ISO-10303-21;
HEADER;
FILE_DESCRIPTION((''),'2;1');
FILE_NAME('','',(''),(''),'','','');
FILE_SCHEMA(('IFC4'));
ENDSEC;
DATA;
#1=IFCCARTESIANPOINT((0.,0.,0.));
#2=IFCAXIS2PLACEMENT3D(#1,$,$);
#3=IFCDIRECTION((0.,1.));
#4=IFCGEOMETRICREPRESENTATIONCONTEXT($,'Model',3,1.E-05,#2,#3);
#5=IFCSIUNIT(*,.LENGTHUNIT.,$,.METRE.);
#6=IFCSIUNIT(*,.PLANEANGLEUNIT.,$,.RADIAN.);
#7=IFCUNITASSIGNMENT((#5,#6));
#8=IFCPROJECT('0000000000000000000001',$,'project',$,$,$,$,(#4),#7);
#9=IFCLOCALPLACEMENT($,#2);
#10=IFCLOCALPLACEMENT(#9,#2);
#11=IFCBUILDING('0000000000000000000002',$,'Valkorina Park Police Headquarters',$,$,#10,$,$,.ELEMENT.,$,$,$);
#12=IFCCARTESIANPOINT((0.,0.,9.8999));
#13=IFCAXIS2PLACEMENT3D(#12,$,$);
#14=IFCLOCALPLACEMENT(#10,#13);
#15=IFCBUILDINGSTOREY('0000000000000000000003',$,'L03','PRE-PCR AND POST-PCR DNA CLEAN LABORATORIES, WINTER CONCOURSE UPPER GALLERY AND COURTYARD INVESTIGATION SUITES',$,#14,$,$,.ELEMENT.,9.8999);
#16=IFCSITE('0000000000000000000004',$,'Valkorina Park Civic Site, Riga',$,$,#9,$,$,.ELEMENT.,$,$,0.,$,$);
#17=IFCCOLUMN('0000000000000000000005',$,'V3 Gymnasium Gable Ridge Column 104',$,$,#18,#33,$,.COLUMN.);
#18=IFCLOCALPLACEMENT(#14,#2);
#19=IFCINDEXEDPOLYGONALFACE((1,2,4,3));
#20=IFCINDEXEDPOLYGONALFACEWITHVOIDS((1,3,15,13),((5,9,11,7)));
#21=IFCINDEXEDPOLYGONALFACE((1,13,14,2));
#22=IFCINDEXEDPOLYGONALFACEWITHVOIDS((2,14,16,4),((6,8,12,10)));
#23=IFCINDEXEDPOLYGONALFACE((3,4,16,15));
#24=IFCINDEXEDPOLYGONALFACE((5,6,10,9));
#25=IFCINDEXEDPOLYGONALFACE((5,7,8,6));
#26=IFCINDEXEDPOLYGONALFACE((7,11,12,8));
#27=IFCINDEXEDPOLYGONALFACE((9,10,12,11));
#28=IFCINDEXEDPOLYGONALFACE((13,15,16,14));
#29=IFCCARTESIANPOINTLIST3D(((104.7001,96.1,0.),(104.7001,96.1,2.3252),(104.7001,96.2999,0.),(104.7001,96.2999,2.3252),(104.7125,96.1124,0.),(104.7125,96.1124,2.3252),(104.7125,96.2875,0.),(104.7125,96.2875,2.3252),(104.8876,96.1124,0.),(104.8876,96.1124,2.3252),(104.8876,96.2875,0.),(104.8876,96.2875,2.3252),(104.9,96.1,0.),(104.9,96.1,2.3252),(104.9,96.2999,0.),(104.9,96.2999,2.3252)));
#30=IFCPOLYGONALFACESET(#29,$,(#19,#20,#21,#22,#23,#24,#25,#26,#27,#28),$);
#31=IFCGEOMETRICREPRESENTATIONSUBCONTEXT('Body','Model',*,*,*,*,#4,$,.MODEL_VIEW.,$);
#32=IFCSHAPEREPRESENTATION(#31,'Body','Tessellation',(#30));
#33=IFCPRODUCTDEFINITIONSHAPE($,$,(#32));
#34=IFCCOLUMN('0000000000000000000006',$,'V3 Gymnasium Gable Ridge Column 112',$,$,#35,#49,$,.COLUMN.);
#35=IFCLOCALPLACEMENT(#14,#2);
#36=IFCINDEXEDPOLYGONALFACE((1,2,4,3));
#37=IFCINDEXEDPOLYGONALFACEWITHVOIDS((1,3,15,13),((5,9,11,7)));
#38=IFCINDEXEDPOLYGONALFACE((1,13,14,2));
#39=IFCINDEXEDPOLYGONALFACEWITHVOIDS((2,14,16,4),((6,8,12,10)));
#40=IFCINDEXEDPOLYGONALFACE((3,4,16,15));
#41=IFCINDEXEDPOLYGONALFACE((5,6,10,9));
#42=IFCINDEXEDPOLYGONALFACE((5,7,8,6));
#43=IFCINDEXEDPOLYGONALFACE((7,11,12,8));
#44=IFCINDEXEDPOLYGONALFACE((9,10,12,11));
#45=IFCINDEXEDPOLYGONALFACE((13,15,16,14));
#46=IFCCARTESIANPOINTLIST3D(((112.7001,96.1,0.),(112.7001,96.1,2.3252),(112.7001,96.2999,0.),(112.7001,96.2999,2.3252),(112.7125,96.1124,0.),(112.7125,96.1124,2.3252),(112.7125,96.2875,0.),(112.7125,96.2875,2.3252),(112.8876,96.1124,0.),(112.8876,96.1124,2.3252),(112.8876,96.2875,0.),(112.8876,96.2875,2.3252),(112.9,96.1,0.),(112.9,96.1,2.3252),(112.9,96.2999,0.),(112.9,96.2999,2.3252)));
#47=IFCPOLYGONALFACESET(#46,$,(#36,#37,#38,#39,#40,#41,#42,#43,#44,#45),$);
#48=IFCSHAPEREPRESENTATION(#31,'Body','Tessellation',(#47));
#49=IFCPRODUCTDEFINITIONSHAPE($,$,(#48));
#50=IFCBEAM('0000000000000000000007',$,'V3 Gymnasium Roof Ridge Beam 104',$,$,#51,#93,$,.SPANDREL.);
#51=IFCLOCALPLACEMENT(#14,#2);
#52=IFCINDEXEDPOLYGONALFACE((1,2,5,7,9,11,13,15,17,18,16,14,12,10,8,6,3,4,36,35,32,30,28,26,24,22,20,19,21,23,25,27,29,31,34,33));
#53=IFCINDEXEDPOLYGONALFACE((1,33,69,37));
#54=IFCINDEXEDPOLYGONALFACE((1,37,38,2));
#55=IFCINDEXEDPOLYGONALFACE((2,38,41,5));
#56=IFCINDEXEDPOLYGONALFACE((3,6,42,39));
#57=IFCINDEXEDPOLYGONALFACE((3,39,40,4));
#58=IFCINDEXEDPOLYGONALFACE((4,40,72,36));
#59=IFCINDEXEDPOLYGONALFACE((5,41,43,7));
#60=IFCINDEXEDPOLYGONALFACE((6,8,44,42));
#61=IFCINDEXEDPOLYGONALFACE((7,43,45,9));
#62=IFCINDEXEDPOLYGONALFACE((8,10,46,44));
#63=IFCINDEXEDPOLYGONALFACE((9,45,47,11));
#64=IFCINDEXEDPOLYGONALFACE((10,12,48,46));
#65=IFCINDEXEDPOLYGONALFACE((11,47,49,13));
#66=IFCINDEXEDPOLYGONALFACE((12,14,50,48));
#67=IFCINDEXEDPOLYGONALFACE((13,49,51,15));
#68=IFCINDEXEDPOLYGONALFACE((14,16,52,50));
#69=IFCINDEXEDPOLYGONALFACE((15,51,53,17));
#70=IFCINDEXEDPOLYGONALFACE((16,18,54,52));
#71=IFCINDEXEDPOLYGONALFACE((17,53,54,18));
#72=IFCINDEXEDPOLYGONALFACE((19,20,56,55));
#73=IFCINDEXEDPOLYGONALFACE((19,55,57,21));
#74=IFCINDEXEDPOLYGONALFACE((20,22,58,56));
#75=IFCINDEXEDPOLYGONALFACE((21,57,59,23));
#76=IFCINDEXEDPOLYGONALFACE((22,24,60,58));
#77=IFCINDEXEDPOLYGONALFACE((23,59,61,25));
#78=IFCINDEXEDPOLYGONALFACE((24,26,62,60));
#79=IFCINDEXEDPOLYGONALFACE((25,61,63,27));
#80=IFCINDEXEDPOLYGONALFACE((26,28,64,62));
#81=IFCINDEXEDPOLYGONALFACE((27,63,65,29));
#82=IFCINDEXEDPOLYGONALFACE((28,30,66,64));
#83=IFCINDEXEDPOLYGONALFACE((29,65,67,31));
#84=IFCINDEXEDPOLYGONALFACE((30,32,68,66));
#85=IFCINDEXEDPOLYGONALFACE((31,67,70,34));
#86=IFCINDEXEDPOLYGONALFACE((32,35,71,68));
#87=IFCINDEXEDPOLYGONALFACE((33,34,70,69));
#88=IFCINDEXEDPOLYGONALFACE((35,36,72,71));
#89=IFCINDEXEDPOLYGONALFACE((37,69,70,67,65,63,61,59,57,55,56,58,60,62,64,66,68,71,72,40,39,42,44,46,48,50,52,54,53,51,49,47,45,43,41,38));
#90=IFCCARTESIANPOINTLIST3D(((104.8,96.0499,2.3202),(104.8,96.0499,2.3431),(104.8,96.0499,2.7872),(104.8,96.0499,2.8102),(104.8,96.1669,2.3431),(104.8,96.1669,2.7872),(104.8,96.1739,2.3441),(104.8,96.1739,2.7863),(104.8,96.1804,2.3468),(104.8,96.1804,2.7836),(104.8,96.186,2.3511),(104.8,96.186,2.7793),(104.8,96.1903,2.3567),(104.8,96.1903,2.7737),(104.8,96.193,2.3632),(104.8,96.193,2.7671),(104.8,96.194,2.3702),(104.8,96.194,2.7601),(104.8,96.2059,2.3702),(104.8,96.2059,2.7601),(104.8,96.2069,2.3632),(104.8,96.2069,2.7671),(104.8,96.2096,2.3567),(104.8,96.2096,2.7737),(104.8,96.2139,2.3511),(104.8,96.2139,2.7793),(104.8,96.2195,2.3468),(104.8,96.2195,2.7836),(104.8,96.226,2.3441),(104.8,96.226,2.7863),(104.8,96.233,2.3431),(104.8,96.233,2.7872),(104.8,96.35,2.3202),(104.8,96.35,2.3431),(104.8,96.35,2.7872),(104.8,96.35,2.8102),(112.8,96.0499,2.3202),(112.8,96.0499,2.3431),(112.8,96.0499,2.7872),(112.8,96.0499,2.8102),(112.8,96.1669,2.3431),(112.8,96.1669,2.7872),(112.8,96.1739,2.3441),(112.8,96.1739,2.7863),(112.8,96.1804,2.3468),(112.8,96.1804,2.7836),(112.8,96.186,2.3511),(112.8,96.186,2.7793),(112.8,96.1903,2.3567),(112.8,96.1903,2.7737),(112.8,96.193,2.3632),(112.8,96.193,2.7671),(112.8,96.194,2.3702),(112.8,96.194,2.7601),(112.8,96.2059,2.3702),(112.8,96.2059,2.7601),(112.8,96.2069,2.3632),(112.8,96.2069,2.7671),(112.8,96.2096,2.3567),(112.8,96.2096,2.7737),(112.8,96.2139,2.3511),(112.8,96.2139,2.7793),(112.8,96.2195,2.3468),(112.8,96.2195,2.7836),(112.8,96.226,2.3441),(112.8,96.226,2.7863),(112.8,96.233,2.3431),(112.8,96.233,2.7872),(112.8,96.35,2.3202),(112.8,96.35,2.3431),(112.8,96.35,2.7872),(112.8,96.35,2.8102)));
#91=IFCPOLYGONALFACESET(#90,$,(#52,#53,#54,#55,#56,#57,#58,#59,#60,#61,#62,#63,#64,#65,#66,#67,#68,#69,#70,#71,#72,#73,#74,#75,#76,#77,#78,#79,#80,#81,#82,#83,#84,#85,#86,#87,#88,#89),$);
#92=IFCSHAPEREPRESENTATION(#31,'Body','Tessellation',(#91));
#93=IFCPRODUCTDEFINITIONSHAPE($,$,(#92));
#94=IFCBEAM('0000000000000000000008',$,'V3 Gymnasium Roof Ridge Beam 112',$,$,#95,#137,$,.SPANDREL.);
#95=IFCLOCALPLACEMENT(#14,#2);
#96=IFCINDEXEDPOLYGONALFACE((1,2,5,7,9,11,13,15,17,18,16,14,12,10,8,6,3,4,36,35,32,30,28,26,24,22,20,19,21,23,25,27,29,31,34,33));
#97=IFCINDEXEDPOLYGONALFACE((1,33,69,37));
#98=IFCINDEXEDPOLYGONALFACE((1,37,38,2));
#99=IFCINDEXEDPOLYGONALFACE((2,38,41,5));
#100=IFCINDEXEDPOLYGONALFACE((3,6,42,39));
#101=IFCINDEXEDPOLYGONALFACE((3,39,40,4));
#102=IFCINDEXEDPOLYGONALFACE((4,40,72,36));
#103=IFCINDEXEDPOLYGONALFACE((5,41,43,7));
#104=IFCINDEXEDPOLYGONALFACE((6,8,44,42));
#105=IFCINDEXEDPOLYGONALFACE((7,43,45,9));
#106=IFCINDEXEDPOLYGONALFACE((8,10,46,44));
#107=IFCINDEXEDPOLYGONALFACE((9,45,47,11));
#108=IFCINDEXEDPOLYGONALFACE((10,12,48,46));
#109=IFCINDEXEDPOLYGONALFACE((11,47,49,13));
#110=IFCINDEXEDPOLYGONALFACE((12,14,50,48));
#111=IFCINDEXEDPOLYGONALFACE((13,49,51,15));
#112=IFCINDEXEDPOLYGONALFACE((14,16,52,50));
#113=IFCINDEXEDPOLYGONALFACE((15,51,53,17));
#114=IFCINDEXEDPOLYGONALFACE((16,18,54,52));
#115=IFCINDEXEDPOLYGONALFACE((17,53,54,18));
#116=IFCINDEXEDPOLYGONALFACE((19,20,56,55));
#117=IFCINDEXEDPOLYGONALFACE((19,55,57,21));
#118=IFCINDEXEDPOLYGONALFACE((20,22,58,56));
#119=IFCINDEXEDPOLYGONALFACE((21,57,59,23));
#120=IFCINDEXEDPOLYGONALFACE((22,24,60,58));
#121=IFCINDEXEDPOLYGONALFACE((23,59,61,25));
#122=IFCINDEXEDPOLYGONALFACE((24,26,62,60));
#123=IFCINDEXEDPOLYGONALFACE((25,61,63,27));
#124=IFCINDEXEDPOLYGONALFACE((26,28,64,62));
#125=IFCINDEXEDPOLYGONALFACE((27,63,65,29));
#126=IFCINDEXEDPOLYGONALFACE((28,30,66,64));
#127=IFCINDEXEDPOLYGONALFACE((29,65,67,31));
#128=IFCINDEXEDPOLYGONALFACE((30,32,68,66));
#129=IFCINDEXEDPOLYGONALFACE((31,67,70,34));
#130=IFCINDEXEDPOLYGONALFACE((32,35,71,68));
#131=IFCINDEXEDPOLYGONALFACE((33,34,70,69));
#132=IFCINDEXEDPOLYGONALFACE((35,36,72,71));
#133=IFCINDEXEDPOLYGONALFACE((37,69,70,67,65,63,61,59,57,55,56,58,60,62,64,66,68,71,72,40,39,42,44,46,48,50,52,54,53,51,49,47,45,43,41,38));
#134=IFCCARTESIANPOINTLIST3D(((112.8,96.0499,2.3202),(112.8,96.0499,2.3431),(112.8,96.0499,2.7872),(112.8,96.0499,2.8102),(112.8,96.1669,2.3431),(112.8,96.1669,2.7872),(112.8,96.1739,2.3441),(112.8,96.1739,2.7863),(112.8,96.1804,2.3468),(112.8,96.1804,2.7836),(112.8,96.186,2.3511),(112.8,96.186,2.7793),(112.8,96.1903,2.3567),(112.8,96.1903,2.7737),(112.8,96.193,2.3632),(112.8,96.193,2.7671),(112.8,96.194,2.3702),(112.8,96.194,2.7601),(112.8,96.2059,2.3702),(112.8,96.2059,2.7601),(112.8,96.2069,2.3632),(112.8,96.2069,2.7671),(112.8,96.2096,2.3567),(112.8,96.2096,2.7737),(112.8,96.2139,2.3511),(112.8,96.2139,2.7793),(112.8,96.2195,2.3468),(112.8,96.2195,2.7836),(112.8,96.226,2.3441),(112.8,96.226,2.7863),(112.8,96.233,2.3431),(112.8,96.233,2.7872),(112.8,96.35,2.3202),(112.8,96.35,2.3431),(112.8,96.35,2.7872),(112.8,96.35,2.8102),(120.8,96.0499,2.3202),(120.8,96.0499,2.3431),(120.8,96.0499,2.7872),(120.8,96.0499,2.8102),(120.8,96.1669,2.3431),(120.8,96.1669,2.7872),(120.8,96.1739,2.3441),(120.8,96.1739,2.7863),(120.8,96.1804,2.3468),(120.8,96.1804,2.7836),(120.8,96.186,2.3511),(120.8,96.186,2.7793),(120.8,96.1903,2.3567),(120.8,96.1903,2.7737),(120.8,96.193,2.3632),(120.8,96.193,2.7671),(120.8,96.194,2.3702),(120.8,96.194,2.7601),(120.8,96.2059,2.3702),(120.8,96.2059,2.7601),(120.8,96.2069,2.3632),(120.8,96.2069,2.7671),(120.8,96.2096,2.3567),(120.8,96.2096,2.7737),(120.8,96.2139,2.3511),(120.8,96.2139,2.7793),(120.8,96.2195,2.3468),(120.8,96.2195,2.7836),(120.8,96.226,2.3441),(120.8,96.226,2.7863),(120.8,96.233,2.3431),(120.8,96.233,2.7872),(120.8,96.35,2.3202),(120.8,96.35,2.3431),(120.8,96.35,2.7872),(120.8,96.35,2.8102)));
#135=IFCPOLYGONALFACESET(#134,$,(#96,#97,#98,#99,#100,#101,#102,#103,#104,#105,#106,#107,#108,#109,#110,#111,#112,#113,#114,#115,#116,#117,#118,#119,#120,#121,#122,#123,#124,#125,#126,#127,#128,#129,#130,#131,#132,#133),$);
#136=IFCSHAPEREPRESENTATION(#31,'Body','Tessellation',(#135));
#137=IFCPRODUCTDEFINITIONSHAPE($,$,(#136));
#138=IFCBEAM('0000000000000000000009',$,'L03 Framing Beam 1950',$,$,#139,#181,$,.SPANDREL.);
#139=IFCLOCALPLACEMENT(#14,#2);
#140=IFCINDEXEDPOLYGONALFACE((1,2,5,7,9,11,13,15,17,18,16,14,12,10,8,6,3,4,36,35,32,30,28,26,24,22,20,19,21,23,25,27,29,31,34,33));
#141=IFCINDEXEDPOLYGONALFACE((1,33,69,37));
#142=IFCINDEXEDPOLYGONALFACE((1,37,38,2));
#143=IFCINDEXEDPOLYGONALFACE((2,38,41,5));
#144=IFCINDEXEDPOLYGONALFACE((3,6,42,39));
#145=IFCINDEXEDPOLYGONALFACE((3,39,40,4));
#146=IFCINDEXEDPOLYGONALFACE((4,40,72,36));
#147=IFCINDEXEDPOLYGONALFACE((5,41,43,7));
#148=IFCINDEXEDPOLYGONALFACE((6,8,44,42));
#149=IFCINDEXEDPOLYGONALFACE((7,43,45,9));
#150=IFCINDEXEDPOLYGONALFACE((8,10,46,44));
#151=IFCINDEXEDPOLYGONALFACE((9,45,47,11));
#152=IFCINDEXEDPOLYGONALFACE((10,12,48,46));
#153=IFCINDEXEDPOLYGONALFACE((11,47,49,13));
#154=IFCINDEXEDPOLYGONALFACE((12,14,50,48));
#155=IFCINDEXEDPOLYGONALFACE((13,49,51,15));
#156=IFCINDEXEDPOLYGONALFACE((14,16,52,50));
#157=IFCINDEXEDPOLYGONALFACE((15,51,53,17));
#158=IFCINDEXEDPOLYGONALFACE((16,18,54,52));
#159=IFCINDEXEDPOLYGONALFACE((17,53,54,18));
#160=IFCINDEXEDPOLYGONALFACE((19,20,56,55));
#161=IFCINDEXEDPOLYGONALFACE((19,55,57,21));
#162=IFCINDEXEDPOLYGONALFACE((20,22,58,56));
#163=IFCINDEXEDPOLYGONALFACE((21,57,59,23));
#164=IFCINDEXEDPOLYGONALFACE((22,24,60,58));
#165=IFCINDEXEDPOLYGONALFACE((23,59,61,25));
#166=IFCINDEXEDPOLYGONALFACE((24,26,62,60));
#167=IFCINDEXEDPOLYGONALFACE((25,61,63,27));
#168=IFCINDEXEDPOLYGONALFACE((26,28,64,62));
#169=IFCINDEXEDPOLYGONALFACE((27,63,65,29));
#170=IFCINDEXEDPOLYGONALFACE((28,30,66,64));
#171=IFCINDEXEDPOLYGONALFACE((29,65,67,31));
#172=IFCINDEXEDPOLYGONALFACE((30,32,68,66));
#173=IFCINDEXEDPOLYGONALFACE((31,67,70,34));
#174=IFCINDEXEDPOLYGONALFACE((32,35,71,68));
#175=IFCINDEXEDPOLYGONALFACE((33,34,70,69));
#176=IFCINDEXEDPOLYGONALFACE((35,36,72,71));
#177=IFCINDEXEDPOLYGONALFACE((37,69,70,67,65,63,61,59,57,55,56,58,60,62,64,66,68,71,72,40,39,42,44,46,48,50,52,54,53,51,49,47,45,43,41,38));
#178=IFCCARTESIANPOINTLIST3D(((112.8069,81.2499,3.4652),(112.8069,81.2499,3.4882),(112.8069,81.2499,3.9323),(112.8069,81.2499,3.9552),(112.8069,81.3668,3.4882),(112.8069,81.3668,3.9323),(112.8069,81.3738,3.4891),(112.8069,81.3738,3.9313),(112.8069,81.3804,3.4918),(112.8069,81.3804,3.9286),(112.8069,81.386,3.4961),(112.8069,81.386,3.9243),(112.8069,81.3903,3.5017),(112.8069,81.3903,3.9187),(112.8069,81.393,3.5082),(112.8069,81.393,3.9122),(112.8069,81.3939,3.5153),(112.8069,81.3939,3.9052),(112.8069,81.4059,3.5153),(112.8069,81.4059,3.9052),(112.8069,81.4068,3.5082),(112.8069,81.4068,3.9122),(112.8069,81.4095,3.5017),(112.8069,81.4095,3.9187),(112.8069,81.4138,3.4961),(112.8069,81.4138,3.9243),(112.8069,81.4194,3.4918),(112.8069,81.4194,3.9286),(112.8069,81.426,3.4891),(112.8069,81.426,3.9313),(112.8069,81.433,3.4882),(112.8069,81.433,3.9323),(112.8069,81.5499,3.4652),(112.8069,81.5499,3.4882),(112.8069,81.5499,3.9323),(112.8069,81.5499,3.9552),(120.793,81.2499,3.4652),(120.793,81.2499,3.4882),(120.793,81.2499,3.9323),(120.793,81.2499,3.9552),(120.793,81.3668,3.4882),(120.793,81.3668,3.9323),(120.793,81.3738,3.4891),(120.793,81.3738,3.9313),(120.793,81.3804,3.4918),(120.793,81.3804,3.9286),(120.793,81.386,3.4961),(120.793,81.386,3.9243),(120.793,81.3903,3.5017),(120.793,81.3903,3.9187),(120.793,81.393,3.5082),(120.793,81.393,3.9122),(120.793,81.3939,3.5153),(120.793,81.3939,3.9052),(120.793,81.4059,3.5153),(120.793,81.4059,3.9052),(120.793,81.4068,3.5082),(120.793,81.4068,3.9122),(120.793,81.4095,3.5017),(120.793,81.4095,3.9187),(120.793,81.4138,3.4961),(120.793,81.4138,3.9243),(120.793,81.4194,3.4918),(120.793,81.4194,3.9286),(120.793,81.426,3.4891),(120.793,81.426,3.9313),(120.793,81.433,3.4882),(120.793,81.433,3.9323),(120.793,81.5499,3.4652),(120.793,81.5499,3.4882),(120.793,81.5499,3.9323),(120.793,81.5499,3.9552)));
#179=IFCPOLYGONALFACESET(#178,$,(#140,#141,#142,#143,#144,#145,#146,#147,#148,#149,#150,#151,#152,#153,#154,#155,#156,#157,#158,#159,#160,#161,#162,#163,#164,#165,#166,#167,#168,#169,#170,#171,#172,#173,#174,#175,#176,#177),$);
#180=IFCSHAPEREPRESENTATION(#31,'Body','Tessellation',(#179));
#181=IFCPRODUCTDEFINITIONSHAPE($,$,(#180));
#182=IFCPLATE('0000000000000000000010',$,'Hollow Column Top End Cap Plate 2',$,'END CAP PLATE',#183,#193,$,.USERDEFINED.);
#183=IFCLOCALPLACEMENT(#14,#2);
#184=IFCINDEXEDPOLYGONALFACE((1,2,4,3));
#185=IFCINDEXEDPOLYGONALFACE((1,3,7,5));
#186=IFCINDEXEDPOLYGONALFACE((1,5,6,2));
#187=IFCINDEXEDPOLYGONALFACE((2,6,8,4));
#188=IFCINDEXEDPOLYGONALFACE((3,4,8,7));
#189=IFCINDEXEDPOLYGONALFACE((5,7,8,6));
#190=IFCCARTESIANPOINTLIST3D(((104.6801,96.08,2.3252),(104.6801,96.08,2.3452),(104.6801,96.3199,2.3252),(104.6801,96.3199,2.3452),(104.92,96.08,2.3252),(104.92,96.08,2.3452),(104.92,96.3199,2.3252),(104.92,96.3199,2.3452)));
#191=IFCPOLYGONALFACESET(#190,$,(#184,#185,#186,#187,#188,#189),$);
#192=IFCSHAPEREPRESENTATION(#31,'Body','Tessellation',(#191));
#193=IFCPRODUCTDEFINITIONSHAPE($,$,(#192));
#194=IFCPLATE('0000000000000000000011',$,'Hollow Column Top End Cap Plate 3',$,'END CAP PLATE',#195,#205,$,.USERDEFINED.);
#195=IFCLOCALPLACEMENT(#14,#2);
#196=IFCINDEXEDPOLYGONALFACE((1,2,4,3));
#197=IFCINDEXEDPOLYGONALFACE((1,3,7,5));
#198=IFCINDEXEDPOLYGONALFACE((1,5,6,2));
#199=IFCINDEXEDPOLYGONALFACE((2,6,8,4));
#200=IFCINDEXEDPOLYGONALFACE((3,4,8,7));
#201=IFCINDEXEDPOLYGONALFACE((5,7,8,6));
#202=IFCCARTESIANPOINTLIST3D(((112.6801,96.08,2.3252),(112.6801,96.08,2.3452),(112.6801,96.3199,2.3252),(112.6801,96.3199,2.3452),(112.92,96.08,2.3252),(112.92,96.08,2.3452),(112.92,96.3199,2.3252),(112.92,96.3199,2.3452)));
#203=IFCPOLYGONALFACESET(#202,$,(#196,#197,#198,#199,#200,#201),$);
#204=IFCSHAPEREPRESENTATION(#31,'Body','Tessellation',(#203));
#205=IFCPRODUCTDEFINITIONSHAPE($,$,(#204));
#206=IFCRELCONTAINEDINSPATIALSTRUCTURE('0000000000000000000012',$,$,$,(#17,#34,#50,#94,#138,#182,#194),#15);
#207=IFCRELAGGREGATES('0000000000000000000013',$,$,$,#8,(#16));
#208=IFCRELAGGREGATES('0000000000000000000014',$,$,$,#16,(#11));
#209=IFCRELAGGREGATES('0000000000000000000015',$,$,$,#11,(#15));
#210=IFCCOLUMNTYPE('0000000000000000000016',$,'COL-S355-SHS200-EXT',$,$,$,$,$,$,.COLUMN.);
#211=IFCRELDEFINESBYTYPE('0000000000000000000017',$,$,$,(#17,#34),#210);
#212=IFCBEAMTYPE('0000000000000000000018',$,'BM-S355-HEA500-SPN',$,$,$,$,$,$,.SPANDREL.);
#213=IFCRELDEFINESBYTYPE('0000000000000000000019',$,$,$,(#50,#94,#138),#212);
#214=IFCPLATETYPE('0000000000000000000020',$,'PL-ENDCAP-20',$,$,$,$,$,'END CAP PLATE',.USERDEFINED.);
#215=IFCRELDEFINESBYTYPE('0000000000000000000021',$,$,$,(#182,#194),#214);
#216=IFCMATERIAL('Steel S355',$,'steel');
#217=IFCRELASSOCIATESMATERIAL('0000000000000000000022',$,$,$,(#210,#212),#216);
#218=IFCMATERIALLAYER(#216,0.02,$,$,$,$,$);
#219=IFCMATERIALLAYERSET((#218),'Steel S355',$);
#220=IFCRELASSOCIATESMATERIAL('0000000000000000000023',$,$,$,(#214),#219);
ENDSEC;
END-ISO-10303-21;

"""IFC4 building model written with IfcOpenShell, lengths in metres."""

from ifc_helpers import new_model, si_unit, direction, frame, origin, origin_2d, place, context, subcontext, project, spatial, rectangle, hollow_rectangle, i_section, extrude, material, layer, layer_set, material_profile, profile_set, type_object, element, save


model = new_model("IFC4")

# Units and contexts
model_context = context("Model", 3, precision=1e-05, world=origin(), true_north=direction((0.0, 1.0)))
body_context = subcontext(model_context, "Body", "Model", "MODEL_VIEW")
ifc_project = project(units=[si_unit("LENGTHUNIT", "METRE"), si_unit("PLANEANGLEUNIT", "RADIAN")], contexts=[model_context])

# Site, building, storey
site_placement = place(None, origin())
site = spatial("IfcSite", under=ifc_project, at=site_placement, Name="Valkorina Park Civic Site, Riga", CompositionType="ELEMENT", RefElevation=0.0)
building_placement = place(site_placement, origin())
building = spatial("IfcBuilding", under=site, at=building_placement, Name="Valkorina Park Police Headquarters", CompositionType="ELEMENT")
storey_placement = place(building_placement, frame((0.0, 0.0, 9.8999)))
storey = spatial("IfcBuildingStorey", under=building, at=storey_placement, Name="L03", Description="PRE-PCR AND POST-PCR DNA CLEAN LABORATORIES, WINTER CONCOURSE UPPER GALLERY AND COURTYARD INVESTIGATION SUITES", CompositionType="ELEMENT", Elevation=9.8999)

# Columns
ifc_material_1 = material(Name="Steel S355", Category="steel")
ifc_material_profile_1 = material_profile(ifc_material_1, hollow_rectangle(XDim=0.2, YDim=0.2, WallThickness=0.0125, at=origin_2d()), Name="SHS 200x200x12.5")
ifc_profile_set_1 = profile_set([ifc_material_profile_1], Name="Steel S355")
column_type = type_object("IfcColumnType", Name="COL-S355-SHS200-EXT", PredefinedType="COLUMN", material=ifc_profile_set_1)
for number, where, z_axis, x_axis, name in (
    (1, (104.8, 96.2, 0.0), (0.0, 0.0, 1.0), (1.0, 0.0, 0.0), "V3 Gymnasium Gable Ridge Column 104"),
    (2, (112.8, 96.2, 0.0), (0.0, 0.0, 1.0), (1.0, 0.0, 0.0), "V3 Gymnasium Gable Ridge Column 112"),
):
    element("IfcColumn", number, at=place(storey_placement, frame(where, z_axis=z_axis, x_axis=x_axis)), inside=storey, type_object=column_type, Name=name, PredefinedType="COLUMN", context=body_context, shape_type="SweptSolid", body=[
        extrude(hollow_rectangle(XDim=0.2, YDim=0.2, WallThickness=0.0125, at=origin_2d()), origin(), (0.0, 0.0, 1.0), 2.3252),
    ])

# Beams
ifc_material_profile_2 = material_profile(ifc_material_1, i_section(OverallWidth=0.3, OverallDepth=0.49, WebThickness=0.012, FlangeThickness=0.0229, FilletRadius=0.0271, at=origin_2d()), Name="HEA 500")
ifc_profile_set_2 = profile_set([ifc_material_profile_2], Name="Steel S355")
beam_type = type_object("IfcBeamType", Name="BM-S355-HEA500-SPN", PredefinedType="SPANDREL", material=ifc_profile_set_2)
for number, where, z_axis, x_axis, name in (
    (3, (104.8, 96.2, 2.5652), (1.0, 0.0, 0.0), (0.0, 1.0, 0.0), "V3 Gymnasium Roof Ridge Beam 104"),
    (4, (112.8, 96.2, 2.5652), (1.0, 0.0, 0.0), (0.0, 1.0, 0.0), "V3 Gymnasium Roof Ridge Beam 112"),
):
    element("IfcBeam", number, at=place(storey_placement, frame(where, z_axis=z_axis, x_axis=x_axis)), inside=storey, type_object=beam_type, Name=name, PredefinedType="SPANDREL", context=body_context, shape_type="SweptSolid", body=[
        extrude(i_section(OverallWidth=0.3, OverallDepth=0.49, WebThickness=0.012, FlangeThickness=0.0229, FilletRadius=0.0271, at=origin_2d()), origin(), (0.0, 0.0, 1.0), 8.0),
    ])
beam_placement = place(storey_placement, frame((112.8069, 81.3999, 3.7102), z_axis=(1.0, 0.0, 0.0), x_axis=(0.0, 1.0, 0.0)))
element("IfcBeam", 5, at=beam_placement, inside=storey, type_object=beam_type, Name="L03 Framing Beam 1950", PredefinedType="SPANDREL", context=body_context, shape_type="SweptSolid", body=[
    extrude(i_section(OverallWidth=0.3, OverallDepth=0.49, WebThickness=0.012, FlangeThickness=0.0229, FilletRadius=0.0271, at=origin_2d()), origin(), (0.0, 0.0, 1.0), 7.9861),
])

# Plates
ifc_layer_1 = layer(ifc_material_1, 0.02)
ifc_layer_set_1 = layer_set([ifc_layer_1], Name="Steel S355")
plate_type = type_object("IfcPlateType", Name="PL-ENDCAP-20", ElementType="END CAP PLATE", PredefinedType="USERDEFINED", material=ifc_layer_set_1)
for number, where, z_axis, x_axis, name in (
    (6, (104.8, 96.2, 2.3252), (0.0, 0.0, 1.0), (1.0, 0.0, 0.0), "Hollow Column Top End Cap Plate 2"),
    (7, (112.8, 96.2, 2.3252), (0.0, 0.0, 1.0), (1.0, 0.0, 0.0), "Hollow Column Top End Cap Plate 3"),
):
    element("IfcPlate", number, at=place(storey_placement, frame(where, z_axis=z_axis, x_axis=x_axis)), inside=storey, type_object=plate_type, Name=name, ObjectType="END CAP PLATE", PredefinedType="USERDEFINED", context=body_context, shape_type="SweptSolid", body=[
        extrude(rectangle(XDim=0.24, YDim=0.24, at=origin_2d()), origin(), (0.0, 0.0, 1.0), 0.02),
    ])

save(model, "model.ifc")
